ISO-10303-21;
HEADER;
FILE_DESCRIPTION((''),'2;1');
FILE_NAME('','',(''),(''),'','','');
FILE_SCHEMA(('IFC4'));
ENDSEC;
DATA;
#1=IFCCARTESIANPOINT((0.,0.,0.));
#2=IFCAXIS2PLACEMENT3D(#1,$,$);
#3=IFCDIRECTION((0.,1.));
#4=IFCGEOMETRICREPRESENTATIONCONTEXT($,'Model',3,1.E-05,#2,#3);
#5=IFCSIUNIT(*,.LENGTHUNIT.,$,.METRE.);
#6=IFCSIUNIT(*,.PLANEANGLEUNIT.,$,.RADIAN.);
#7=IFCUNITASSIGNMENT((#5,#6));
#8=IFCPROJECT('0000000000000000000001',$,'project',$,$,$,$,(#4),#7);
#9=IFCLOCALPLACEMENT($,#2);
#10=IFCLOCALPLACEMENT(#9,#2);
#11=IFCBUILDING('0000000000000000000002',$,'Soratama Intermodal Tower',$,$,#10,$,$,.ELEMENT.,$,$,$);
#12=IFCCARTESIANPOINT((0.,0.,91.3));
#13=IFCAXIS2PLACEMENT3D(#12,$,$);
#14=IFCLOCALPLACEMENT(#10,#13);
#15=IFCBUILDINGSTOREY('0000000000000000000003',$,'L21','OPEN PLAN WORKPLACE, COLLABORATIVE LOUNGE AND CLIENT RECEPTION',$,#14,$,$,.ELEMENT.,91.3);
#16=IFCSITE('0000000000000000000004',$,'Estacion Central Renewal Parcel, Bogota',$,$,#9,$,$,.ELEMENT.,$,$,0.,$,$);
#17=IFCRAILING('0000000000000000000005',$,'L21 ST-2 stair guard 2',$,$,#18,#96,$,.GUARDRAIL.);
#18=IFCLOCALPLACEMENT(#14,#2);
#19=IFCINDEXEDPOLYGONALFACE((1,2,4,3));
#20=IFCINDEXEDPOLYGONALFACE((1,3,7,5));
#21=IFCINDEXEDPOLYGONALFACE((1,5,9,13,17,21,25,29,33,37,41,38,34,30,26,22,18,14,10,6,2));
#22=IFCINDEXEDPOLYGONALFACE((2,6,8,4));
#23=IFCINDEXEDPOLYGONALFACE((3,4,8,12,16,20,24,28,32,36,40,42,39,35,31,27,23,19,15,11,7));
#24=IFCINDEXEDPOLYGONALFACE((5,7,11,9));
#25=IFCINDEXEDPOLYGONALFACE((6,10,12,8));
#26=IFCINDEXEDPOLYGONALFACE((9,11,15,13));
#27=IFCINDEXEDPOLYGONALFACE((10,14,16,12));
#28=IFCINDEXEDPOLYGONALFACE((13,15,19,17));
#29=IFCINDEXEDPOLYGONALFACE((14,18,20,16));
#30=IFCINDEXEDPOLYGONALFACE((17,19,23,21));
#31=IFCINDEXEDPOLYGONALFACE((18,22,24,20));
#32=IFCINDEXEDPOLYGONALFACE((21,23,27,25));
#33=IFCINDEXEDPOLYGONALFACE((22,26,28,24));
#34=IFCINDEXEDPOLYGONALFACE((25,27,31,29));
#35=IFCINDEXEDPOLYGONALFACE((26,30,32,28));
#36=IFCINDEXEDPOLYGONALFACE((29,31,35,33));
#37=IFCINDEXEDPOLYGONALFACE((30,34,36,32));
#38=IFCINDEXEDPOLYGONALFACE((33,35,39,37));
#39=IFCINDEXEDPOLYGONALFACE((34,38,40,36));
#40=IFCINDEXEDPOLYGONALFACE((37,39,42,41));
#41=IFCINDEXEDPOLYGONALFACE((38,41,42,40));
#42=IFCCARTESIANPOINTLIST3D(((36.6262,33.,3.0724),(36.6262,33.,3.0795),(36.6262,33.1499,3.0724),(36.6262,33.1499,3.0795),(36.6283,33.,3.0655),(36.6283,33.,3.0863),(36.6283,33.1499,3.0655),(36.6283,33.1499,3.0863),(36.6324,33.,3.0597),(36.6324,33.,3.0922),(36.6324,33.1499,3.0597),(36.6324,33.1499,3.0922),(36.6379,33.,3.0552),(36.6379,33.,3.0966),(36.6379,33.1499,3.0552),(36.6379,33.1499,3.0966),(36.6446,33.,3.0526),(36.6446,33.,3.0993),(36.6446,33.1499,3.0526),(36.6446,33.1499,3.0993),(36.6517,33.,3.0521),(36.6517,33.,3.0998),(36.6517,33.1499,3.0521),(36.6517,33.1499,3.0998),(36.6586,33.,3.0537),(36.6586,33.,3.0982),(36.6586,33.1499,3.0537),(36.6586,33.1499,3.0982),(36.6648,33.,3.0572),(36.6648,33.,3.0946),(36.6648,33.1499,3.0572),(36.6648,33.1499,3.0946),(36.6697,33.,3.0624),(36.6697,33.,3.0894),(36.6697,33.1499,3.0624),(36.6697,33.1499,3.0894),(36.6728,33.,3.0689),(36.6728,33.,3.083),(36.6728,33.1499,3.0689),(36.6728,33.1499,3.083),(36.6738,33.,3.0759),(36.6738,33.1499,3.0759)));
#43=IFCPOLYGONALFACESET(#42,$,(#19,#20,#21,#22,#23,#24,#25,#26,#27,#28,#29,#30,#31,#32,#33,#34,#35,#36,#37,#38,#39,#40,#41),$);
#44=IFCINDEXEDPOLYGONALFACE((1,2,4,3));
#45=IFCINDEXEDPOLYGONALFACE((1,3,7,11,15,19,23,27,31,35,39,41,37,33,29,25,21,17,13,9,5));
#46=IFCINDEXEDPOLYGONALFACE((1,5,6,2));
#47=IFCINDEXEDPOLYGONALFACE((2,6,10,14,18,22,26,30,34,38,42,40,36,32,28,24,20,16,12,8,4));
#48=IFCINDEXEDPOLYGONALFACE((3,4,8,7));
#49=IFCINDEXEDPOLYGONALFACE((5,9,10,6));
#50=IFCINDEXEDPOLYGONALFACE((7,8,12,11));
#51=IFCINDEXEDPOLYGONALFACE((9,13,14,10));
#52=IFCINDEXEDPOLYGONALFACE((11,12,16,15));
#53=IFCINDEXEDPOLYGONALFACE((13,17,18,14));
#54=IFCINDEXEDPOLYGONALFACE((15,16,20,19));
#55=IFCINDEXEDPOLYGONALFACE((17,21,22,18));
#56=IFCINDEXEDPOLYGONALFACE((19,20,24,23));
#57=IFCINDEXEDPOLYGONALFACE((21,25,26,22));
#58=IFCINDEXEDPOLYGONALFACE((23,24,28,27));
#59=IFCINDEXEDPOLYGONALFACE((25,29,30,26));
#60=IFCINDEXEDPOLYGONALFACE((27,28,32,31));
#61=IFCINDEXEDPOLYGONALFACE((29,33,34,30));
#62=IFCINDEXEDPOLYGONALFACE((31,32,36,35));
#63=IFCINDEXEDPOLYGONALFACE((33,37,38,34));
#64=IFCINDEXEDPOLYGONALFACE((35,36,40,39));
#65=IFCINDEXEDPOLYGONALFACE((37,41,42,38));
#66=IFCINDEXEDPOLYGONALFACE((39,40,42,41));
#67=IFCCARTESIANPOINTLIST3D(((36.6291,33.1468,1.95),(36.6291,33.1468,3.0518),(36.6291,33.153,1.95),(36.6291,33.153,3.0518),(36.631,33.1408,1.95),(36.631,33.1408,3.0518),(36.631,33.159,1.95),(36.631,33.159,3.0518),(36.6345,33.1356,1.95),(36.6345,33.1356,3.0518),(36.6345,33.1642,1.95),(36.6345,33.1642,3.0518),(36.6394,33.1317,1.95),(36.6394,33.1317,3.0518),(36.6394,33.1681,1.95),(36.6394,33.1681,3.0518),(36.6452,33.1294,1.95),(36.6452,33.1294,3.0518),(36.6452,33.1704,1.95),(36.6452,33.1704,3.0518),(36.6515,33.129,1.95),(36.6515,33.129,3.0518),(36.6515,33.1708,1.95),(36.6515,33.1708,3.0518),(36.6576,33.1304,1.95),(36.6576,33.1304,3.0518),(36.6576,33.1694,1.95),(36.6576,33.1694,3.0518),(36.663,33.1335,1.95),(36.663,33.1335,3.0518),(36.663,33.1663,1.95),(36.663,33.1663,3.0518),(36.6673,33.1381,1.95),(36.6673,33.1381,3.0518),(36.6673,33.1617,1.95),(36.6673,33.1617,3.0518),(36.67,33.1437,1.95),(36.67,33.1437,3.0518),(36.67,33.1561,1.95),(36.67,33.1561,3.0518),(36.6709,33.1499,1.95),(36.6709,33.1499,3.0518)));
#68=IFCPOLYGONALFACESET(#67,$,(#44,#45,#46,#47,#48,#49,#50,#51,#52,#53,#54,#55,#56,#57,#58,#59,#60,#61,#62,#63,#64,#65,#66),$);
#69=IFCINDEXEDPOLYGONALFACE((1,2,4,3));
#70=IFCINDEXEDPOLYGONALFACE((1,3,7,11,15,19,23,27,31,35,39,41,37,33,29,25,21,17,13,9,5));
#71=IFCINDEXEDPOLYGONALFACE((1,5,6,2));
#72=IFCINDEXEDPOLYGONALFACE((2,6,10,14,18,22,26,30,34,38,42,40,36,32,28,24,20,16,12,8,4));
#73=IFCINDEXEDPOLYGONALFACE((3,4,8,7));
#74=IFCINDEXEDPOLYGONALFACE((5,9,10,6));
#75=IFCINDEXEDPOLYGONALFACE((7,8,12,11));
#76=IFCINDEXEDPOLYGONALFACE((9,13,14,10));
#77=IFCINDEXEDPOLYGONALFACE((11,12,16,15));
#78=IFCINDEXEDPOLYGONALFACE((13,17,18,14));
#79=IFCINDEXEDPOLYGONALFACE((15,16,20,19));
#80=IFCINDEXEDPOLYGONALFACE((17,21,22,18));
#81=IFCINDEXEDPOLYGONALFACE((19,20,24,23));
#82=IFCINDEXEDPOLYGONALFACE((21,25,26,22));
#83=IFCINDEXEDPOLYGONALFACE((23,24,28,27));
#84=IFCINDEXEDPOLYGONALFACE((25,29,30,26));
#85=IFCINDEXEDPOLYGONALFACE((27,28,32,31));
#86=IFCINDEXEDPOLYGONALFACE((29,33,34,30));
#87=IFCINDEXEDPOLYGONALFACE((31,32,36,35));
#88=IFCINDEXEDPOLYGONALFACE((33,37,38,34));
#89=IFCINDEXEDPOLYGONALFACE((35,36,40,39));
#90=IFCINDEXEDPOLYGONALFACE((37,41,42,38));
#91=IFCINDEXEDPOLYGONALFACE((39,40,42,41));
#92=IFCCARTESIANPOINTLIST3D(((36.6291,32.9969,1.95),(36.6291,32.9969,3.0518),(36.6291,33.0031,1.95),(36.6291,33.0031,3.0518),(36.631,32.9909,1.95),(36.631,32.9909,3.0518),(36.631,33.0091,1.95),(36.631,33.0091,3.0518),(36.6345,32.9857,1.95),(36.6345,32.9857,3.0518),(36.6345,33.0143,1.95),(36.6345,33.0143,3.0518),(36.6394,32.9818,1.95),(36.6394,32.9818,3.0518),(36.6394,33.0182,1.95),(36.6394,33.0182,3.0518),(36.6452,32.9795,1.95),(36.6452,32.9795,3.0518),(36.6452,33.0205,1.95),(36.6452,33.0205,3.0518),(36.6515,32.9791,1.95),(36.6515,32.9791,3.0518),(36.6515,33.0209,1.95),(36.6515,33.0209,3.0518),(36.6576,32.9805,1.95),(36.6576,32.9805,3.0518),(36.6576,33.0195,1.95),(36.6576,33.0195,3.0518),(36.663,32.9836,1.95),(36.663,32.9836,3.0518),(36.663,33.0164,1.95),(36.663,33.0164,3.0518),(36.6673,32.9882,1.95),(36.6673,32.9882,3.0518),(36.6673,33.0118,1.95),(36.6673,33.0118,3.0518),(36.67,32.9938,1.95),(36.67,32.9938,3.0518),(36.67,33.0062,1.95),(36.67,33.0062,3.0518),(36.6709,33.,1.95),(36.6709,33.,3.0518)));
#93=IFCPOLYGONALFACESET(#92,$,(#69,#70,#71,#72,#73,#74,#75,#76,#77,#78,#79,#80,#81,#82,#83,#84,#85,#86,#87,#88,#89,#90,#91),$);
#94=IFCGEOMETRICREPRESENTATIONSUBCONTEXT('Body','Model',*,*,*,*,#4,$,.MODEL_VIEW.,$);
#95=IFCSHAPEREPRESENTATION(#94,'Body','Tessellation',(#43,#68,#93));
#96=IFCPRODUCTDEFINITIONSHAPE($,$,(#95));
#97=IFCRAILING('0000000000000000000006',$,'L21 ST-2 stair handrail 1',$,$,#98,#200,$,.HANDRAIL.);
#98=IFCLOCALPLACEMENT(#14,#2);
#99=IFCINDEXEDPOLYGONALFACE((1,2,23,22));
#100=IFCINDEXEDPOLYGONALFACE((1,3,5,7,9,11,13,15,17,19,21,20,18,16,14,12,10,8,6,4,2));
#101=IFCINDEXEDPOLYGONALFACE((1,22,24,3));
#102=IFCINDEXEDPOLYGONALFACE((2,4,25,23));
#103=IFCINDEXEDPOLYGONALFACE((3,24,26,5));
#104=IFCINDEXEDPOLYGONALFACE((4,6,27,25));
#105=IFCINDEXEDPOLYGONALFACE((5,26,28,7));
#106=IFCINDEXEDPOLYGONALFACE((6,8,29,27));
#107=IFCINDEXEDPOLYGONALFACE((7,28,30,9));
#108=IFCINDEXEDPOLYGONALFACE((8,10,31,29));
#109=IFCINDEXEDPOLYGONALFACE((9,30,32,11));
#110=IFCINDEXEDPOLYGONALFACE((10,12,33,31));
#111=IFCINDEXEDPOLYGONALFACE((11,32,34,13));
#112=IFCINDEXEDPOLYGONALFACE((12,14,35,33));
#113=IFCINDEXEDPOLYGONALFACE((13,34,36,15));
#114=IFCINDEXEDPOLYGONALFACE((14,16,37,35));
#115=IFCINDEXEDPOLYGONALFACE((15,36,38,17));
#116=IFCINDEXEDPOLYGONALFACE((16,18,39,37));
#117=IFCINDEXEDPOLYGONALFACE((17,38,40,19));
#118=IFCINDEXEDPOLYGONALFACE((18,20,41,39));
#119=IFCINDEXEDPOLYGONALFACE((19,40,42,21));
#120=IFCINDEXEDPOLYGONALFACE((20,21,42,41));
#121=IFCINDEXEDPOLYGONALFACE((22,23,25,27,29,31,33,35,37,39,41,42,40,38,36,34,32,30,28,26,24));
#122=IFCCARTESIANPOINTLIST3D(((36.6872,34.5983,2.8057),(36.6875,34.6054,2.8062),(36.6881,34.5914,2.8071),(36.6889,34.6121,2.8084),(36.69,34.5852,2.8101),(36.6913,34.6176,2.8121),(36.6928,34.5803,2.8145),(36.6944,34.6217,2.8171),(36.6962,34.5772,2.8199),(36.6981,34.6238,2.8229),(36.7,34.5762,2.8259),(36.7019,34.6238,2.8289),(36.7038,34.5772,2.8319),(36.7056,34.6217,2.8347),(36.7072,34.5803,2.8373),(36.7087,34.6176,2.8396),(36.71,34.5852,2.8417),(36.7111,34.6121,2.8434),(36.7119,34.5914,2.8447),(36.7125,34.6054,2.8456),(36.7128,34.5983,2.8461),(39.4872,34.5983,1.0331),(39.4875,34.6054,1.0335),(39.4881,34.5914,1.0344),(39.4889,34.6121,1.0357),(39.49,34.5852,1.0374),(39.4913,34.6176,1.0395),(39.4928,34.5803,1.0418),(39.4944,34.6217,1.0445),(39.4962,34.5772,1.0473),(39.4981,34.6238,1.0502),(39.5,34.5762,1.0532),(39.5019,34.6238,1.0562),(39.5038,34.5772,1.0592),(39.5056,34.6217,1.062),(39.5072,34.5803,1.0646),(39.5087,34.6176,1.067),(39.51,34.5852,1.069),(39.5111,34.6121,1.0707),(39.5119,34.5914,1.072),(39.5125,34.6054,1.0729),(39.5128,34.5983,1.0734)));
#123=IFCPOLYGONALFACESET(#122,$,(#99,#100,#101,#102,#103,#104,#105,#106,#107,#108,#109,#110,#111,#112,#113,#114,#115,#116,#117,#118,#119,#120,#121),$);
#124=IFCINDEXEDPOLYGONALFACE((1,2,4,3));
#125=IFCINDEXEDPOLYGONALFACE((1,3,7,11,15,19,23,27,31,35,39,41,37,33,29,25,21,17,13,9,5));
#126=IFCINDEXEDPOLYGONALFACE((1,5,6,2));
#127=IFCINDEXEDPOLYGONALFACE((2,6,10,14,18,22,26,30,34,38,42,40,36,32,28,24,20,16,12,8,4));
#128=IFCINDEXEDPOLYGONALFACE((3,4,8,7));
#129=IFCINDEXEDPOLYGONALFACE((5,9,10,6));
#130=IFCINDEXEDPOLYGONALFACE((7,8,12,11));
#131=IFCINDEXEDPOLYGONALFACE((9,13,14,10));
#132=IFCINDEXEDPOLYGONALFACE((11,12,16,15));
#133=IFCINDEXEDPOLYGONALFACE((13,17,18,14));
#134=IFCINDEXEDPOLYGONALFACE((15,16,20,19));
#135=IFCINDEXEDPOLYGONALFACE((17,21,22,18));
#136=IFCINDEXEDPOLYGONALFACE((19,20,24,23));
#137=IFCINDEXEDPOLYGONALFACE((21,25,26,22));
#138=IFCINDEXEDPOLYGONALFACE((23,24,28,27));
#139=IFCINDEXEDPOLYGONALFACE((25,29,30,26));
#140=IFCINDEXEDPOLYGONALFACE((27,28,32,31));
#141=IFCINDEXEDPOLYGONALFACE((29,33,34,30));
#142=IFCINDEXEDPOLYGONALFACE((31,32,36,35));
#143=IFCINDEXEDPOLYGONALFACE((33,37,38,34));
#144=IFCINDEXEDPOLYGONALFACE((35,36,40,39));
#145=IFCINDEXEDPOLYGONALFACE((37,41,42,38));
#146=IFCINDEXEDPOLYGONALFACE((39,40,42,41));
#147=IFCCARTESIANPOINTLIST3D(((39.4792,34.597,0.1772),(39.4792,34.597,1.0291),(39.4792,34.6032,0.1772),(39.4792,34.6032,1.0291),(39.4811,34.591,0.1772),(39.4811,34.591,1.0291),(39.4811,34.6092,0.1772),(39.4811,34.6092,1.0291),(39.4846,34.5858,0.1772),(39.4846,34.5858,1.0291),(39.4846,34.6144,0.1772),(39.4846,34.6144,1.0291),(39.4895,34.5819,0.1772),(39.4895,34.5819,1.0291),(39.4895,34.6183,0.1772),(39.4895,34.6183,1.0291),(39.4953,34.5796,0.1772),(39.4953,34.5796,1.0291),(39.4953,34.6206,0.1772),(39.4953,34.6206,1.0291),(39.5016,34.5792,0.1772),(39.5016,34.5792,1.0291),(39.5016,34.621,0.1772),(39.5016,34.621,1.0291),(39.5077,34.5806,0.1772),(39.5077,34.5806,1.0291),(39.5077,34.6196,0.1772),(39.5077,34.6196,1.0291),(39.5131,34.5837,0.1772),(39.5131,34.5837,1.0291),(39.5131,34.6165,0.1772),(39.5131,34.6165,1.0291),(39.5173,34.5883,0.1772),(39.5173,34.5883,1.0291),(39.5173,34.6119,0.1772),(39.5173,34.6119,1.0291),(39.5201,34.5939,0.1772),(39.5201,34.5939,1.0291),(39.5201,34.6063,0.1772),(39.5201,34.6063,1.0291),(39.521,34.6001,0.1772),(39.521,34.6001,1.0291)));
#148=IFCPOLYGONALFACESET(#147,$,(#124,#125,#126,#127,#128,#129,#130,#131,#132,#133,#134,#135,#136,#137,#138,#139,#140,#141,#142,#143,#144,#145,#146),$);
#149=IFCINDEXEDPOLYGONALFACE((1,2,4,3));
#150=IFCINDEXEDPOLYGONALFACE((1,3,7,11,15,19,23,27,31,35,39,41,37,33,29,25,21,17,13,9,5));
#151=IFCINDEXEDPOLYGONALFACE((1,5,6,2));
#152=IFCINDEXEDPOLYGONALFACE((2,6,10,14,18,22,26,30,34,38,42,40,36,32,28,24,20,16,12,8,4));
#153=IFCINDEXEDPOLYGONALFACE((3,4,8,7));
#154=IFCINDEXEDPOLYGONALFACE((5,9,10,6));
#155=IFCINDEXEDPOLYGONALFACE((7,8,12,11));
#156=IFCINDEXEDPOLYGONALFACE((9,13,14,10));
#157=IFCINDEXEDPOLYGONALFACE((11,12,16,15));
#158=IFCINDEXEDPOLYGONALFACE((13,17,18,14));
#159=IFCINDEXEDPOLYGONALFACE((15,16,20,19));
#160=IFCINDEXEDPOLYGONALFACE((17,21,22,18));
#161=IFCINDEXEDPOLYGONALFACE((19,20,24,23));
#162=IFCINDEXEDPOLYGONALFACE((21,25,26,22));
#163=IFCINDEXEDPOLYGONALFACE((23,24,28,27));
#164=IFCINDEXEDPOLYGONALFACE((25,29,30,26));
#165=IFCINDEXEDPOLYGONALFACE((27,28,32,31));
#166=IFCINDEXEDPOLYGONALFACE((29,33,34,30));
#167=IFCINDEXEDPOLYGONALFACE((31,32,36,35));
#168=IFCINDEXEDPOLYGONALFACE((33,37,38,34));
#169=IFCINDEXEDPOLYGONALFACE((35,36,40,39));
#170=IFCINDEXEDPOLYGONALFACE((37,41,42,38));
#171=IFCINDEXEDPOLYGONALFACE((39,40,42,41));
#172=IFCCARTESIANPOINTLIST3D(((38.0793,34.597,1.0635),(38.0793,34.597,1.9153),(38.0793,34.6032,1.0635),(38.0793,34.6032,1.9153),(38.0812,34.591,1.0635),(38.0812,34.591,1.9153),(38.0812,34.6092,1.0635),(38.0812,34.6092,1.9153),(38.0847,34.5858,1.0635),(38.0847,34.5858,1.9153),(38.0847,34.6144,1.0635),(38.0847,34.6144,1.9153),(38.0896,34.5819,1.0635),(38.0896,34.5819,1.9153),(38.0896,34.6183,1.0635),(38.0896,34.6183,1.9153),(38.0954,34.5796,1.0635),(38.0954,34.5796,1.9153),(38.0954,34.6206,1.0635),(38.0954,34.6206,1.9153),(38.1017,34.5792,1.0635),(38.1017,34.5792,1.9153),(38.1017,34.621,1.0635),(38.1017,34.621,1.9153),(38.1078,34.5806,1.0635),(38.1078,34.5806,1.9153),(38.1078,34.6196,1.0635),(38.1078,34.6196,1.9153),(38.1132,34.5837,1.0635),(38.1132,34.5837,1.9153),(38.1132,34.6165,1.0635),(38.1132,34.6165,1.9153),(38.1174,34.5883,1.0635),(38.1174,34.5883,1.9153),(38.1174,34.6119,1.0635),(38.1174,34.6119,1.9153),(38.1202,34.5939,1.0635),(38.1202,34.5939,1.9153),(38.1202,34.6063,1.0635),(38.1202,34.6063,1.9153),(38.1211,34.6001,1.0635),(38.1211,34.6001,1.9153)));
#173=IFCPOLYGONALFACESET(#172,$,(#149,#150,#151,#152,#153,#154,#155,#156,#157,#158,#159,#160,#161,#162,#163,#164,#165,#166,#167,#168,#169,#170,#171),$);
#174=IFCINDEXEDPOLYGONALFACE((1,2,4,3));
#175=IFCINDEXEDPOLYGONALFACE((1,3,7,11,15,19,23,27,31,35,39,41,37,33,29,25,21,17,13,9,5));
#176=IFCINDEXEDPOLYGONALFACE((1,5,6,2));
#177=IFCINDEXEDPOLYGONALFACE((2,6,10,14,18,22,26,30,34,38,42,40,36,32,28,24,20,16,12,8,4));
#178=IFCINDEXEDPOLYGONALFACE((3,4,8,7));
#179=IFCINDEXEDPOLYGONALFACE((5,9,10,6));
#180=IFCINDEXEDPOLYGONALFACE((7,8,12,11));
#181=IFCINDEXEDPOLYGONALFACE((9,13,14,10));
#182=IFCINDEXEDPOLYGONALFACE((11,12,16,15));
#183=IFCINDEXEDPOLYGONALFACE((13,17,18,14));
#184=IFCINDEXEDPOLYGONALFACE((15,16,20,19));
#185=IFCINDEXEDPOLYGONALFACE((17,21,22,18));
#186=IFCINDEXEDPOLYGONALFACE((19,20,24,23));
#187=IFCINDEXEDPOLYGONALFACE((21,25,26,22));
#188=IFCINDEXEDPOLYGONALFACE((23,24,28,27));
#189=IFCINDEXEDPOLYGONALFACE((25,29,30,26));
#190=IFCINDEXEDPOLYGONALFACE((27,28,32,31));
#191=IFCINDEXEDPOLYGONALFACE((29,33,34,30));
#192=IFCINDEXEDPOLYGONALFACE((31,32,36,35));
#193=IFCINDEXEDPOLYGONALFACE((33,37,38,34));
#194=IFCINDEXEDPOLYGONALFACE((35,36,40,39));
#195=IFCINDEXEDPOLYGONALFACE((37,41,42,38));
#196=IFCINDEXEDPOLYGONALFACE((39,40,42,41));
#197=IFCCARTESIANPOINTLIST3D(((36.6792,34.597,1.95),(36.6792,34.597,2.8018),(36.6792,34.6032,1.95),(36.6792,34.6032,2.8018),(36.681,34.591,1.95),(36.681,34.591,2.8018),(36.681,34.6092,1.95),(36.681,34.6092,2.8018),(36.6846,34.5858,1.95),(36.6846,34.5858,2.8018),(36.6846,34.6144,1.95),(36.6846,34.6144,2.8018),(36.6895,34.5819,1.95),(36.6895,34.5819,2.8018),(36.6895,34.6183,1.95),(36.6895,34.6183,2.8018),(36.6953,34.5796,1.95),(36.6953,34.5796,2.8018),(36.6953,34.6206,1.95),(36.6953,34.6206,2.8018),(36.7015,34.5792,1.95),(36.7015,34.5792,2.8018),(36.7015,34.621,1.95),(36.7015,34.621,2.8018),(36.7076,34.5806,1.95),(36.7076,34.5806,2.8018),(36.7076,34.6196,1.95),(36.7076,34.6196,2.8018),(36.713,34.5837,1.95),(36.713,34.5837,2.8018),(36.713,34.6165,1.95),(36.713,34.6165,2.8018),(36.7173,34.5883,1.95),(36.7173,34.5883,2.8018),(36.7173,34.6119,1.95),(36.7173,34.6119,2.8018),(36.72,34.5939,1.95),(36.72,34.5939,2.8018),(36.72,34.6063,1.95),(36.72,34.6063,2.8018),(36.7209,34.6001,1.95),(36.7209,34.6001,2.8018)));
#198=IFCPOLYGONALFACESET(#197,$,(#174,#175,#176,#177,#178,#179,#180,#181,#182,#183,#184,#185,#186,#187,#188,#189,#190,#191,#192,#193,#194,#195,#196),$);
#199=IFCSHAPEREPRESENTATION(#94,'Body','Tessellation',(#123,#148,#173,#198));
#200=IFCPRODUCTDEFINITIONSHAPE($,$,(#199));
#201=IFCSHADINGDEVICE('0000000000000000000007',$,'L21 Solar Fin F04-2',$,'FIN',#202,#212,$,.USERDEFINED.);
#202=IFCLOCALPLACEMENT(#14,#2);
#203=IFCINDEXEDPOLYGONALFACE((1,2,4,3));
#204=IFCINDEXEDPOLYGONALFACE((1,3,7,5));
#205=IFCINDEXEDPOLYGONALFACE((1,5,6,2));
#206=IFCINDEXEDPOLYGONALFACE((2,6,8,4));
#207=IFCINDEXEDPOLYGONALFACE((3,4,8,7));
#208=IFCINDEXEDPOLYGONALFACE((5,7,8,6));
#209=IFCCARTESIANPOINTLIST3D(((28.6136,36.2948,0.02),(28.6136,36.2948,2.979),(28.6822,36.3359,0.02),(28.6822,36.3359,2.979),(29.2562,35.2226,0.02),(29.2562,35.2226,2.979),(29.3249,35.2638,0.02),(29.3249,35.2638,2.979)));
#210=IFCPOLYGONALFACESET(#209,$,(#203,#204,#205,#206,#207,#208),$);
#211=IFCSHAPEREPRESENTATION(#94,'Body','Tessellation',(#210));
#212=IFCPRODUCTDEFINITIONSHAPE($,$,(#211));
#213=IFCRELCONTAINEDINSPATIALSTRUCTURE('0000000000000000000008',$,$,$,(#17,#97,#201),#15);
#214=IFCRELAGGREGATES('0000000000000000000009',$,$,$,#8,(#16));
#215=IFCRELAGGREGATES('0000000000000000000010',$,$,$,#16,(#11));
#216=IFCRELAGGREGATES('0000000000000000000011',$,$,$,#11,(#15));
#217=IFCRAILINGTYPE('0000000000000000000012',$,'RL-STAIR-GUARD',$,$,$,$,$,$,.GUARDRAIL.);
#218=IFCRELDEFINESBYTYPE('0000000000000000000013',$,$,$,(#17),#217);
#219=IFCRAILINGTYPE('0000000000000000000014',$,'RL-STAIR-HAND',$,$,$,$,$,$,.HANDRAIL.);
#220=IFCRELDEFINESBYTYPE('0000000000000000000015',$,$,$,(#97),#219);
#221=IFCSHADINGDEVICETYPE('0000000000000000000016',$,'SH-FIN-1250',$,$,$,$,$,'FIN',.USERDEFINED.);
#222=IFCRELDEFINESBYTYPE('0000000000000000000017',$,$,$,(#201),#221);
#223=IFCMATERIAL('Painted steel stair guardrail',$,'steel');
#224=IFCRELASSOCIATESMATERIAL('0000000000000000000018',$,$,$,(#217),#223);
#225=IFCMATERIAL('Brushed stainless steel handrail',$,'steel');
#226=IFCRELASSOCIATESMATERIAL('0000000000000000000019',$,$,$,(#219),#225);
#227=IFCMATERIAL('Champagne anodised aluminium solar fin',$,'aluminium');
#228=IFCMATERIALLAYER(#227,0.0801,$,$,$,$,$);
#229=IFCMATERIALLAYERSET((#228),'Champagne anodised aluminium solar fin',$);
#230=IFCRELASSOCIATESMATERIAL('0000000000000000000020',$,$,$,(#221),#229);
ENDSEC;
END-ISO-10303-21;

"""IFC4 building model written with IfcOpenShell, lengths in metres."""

from ifc_helpers import new_model, si_unit, direction, frame, origin, origin_2d, place, context, subcontext, project, spatial, rectangle, circle, extrude, material, layer, layer_set, type_object, element, save


model = new_model("IFC4")

# Units and contexts
model_context = context("Model", 3, precision=1e-05, world=origin(), true_north=direction((0.0, 1.0)))
body_context = subcontext(model_context, "Body", "Model", "MODEL_VIEW")
ifc_project = project(units=[si_unit("LENGTHUNIT", "METRE"), si_unit("PLANEANGLEUNIT", "RADIAN")], contexts=[model_context])

# Site, building, storey
site_placement = place(None, origin())
site = spatial("IfcSite", under=ifc_project, at=site_placement, Name="Estacion Central Renewal Parcel, Bogota", CompositionType="ELEMENT", RefElevation=0.0)
building_placement = place(site_placement, origin())
building = spatial("IfcBuilding", under=site, at=building_placement, Name="Soratama Intermodal Tower", CompositionType="ELEMENT")
storey_placement = place(building_placement, frame((0.0, 0.0, 91.3)))
storey = spatial("IfcBuildingStorey", under=building, at=storey_placement, Name="L21", Description="OPEN PLAN WORKPLACE, COLLABORATIVE LOUNGE AND CLIENT RECEPTION", CompositionType="ELEMENT", Elevation=91.3)

# Railings
ifc_material_1 = material(Name="Painted steel stair guardrail", Category="steel")
railing_type_1 = type_object("IfcRailingType", Name="RL-STAIR-GUARD", PredefinedType="GUARDRAIL", material=ifc_material_1)
railing_1_placement = place(storey_placement, frame((36.6499, 33.1499, 1.95)))
element("IfcRailing", 1, at=railing_1_placement, inside=storey, type_object=railing_type_1, Name="L21 ST-2 stair guard 2", PredefinedType="GUARDRAIL", context=body_context, shape_type="SweptSolid", body=[
    extrude(circle(Radius=0.0239, at=origin_2d()), frame((0.0, 0.0, 1.126), z_axis=(0.0, -1.0, 0.0), x_axis=(1.0, 0.0, 0.0)), (0.0, 0.0, 1.0), 0.1499),
    extrude(circle(Radius=0.021, at=origin_2d()), origin(), (0.0, 0.0, 1.0), 1.1018),
    extrude(circle(Radius=0.021, at=origin_2d()), frame((0.0, -0.1499, 0.0)), (0.0, 0.0, 1.0), 1.1018),
])
ifc_material_2 = material(Name="Brushed stainless steel handrail", Category="steel")
railing_type_2 = type_object("IfcRailingType", Name="RL-STAIR-HAND", PredefinedType="HANDRAIL", material=ifc_material_2)
railing_2_placement = place(storey_placement, frame((39.5, 34.6001, 0.1772)))
element("IfcRailing", 2, at=railing_2_placement, inside=storey, type_object=railing_type_2, Name="L21 ST-2 stair handrail 1", PredefinedType="HANDRAIL", context=body_context, shape_type="SweptSolid", body=[
    extrude(circle(Radius=0.0239, at=origin_2d()), frame((0.0, 0.0, 0.876), z_axis=(-0.844909, 0.0, 0.53491), x_axis=(0.0, -1.0, 0.0)), (0.0, 0.0, 1.0), 3.314),
    extrude(circle(Radius=0.021, at=origin_2d()), origin(), (0.0, 0.0, 1.0), 0.8518),
    extrude(circle(Radius=0.021, at=origin_2d()), frame((-1.3999, 0.0, 0.8862)), (0.0, 0.0, 1.0), 0.8518),
    extrude(circle(Radius=0.021, at=origin_2d()), frame((-2.8, 0.0, 1.7727)), (0.0, 0.0, 1.0), 0.8518),
])

# Shading device
ifc_material_3 = material(Name="Champagne anodised aluminium solar fin", Category="aluminium")
ifc_layer_1 = layer(ifc_material_3, 0.0801)
ifc_layer_set_1 = layer_set([ifc_layer_1], Name="Champagne anodised aluminium solar fin")
shading_device_type = type_object("IfcShadingDeviceType", Name="SH-FIN-1250", ElementType="FIN", PredefinedType="USERDEFINED", material=ifc_layer_set_1)
shading_device_placement = place(storey_placement, frame((28.9692, 35.7793, 0.02), z_axis=(0.0, 0.0, 1.0), x_axis=(-0.51414, 0.857706, 0.0)))
element("IfcShadingDevice", 3, at=shading_device_placement, inside=storey, type_object=shading_device_type, Name="L21 Solar Fin F04-2", ObjectType="FIN", PredefinedType="USERDEFINED", context=body_context, shape_type="SweptSolid", body=[
    extrude(rectangle(XDim=1.25, YDim=0.0801, at=origin_2d()), origin(), (0.0, 0.0, 1.0), 2.959),
])

save(model, "model.ifc")
